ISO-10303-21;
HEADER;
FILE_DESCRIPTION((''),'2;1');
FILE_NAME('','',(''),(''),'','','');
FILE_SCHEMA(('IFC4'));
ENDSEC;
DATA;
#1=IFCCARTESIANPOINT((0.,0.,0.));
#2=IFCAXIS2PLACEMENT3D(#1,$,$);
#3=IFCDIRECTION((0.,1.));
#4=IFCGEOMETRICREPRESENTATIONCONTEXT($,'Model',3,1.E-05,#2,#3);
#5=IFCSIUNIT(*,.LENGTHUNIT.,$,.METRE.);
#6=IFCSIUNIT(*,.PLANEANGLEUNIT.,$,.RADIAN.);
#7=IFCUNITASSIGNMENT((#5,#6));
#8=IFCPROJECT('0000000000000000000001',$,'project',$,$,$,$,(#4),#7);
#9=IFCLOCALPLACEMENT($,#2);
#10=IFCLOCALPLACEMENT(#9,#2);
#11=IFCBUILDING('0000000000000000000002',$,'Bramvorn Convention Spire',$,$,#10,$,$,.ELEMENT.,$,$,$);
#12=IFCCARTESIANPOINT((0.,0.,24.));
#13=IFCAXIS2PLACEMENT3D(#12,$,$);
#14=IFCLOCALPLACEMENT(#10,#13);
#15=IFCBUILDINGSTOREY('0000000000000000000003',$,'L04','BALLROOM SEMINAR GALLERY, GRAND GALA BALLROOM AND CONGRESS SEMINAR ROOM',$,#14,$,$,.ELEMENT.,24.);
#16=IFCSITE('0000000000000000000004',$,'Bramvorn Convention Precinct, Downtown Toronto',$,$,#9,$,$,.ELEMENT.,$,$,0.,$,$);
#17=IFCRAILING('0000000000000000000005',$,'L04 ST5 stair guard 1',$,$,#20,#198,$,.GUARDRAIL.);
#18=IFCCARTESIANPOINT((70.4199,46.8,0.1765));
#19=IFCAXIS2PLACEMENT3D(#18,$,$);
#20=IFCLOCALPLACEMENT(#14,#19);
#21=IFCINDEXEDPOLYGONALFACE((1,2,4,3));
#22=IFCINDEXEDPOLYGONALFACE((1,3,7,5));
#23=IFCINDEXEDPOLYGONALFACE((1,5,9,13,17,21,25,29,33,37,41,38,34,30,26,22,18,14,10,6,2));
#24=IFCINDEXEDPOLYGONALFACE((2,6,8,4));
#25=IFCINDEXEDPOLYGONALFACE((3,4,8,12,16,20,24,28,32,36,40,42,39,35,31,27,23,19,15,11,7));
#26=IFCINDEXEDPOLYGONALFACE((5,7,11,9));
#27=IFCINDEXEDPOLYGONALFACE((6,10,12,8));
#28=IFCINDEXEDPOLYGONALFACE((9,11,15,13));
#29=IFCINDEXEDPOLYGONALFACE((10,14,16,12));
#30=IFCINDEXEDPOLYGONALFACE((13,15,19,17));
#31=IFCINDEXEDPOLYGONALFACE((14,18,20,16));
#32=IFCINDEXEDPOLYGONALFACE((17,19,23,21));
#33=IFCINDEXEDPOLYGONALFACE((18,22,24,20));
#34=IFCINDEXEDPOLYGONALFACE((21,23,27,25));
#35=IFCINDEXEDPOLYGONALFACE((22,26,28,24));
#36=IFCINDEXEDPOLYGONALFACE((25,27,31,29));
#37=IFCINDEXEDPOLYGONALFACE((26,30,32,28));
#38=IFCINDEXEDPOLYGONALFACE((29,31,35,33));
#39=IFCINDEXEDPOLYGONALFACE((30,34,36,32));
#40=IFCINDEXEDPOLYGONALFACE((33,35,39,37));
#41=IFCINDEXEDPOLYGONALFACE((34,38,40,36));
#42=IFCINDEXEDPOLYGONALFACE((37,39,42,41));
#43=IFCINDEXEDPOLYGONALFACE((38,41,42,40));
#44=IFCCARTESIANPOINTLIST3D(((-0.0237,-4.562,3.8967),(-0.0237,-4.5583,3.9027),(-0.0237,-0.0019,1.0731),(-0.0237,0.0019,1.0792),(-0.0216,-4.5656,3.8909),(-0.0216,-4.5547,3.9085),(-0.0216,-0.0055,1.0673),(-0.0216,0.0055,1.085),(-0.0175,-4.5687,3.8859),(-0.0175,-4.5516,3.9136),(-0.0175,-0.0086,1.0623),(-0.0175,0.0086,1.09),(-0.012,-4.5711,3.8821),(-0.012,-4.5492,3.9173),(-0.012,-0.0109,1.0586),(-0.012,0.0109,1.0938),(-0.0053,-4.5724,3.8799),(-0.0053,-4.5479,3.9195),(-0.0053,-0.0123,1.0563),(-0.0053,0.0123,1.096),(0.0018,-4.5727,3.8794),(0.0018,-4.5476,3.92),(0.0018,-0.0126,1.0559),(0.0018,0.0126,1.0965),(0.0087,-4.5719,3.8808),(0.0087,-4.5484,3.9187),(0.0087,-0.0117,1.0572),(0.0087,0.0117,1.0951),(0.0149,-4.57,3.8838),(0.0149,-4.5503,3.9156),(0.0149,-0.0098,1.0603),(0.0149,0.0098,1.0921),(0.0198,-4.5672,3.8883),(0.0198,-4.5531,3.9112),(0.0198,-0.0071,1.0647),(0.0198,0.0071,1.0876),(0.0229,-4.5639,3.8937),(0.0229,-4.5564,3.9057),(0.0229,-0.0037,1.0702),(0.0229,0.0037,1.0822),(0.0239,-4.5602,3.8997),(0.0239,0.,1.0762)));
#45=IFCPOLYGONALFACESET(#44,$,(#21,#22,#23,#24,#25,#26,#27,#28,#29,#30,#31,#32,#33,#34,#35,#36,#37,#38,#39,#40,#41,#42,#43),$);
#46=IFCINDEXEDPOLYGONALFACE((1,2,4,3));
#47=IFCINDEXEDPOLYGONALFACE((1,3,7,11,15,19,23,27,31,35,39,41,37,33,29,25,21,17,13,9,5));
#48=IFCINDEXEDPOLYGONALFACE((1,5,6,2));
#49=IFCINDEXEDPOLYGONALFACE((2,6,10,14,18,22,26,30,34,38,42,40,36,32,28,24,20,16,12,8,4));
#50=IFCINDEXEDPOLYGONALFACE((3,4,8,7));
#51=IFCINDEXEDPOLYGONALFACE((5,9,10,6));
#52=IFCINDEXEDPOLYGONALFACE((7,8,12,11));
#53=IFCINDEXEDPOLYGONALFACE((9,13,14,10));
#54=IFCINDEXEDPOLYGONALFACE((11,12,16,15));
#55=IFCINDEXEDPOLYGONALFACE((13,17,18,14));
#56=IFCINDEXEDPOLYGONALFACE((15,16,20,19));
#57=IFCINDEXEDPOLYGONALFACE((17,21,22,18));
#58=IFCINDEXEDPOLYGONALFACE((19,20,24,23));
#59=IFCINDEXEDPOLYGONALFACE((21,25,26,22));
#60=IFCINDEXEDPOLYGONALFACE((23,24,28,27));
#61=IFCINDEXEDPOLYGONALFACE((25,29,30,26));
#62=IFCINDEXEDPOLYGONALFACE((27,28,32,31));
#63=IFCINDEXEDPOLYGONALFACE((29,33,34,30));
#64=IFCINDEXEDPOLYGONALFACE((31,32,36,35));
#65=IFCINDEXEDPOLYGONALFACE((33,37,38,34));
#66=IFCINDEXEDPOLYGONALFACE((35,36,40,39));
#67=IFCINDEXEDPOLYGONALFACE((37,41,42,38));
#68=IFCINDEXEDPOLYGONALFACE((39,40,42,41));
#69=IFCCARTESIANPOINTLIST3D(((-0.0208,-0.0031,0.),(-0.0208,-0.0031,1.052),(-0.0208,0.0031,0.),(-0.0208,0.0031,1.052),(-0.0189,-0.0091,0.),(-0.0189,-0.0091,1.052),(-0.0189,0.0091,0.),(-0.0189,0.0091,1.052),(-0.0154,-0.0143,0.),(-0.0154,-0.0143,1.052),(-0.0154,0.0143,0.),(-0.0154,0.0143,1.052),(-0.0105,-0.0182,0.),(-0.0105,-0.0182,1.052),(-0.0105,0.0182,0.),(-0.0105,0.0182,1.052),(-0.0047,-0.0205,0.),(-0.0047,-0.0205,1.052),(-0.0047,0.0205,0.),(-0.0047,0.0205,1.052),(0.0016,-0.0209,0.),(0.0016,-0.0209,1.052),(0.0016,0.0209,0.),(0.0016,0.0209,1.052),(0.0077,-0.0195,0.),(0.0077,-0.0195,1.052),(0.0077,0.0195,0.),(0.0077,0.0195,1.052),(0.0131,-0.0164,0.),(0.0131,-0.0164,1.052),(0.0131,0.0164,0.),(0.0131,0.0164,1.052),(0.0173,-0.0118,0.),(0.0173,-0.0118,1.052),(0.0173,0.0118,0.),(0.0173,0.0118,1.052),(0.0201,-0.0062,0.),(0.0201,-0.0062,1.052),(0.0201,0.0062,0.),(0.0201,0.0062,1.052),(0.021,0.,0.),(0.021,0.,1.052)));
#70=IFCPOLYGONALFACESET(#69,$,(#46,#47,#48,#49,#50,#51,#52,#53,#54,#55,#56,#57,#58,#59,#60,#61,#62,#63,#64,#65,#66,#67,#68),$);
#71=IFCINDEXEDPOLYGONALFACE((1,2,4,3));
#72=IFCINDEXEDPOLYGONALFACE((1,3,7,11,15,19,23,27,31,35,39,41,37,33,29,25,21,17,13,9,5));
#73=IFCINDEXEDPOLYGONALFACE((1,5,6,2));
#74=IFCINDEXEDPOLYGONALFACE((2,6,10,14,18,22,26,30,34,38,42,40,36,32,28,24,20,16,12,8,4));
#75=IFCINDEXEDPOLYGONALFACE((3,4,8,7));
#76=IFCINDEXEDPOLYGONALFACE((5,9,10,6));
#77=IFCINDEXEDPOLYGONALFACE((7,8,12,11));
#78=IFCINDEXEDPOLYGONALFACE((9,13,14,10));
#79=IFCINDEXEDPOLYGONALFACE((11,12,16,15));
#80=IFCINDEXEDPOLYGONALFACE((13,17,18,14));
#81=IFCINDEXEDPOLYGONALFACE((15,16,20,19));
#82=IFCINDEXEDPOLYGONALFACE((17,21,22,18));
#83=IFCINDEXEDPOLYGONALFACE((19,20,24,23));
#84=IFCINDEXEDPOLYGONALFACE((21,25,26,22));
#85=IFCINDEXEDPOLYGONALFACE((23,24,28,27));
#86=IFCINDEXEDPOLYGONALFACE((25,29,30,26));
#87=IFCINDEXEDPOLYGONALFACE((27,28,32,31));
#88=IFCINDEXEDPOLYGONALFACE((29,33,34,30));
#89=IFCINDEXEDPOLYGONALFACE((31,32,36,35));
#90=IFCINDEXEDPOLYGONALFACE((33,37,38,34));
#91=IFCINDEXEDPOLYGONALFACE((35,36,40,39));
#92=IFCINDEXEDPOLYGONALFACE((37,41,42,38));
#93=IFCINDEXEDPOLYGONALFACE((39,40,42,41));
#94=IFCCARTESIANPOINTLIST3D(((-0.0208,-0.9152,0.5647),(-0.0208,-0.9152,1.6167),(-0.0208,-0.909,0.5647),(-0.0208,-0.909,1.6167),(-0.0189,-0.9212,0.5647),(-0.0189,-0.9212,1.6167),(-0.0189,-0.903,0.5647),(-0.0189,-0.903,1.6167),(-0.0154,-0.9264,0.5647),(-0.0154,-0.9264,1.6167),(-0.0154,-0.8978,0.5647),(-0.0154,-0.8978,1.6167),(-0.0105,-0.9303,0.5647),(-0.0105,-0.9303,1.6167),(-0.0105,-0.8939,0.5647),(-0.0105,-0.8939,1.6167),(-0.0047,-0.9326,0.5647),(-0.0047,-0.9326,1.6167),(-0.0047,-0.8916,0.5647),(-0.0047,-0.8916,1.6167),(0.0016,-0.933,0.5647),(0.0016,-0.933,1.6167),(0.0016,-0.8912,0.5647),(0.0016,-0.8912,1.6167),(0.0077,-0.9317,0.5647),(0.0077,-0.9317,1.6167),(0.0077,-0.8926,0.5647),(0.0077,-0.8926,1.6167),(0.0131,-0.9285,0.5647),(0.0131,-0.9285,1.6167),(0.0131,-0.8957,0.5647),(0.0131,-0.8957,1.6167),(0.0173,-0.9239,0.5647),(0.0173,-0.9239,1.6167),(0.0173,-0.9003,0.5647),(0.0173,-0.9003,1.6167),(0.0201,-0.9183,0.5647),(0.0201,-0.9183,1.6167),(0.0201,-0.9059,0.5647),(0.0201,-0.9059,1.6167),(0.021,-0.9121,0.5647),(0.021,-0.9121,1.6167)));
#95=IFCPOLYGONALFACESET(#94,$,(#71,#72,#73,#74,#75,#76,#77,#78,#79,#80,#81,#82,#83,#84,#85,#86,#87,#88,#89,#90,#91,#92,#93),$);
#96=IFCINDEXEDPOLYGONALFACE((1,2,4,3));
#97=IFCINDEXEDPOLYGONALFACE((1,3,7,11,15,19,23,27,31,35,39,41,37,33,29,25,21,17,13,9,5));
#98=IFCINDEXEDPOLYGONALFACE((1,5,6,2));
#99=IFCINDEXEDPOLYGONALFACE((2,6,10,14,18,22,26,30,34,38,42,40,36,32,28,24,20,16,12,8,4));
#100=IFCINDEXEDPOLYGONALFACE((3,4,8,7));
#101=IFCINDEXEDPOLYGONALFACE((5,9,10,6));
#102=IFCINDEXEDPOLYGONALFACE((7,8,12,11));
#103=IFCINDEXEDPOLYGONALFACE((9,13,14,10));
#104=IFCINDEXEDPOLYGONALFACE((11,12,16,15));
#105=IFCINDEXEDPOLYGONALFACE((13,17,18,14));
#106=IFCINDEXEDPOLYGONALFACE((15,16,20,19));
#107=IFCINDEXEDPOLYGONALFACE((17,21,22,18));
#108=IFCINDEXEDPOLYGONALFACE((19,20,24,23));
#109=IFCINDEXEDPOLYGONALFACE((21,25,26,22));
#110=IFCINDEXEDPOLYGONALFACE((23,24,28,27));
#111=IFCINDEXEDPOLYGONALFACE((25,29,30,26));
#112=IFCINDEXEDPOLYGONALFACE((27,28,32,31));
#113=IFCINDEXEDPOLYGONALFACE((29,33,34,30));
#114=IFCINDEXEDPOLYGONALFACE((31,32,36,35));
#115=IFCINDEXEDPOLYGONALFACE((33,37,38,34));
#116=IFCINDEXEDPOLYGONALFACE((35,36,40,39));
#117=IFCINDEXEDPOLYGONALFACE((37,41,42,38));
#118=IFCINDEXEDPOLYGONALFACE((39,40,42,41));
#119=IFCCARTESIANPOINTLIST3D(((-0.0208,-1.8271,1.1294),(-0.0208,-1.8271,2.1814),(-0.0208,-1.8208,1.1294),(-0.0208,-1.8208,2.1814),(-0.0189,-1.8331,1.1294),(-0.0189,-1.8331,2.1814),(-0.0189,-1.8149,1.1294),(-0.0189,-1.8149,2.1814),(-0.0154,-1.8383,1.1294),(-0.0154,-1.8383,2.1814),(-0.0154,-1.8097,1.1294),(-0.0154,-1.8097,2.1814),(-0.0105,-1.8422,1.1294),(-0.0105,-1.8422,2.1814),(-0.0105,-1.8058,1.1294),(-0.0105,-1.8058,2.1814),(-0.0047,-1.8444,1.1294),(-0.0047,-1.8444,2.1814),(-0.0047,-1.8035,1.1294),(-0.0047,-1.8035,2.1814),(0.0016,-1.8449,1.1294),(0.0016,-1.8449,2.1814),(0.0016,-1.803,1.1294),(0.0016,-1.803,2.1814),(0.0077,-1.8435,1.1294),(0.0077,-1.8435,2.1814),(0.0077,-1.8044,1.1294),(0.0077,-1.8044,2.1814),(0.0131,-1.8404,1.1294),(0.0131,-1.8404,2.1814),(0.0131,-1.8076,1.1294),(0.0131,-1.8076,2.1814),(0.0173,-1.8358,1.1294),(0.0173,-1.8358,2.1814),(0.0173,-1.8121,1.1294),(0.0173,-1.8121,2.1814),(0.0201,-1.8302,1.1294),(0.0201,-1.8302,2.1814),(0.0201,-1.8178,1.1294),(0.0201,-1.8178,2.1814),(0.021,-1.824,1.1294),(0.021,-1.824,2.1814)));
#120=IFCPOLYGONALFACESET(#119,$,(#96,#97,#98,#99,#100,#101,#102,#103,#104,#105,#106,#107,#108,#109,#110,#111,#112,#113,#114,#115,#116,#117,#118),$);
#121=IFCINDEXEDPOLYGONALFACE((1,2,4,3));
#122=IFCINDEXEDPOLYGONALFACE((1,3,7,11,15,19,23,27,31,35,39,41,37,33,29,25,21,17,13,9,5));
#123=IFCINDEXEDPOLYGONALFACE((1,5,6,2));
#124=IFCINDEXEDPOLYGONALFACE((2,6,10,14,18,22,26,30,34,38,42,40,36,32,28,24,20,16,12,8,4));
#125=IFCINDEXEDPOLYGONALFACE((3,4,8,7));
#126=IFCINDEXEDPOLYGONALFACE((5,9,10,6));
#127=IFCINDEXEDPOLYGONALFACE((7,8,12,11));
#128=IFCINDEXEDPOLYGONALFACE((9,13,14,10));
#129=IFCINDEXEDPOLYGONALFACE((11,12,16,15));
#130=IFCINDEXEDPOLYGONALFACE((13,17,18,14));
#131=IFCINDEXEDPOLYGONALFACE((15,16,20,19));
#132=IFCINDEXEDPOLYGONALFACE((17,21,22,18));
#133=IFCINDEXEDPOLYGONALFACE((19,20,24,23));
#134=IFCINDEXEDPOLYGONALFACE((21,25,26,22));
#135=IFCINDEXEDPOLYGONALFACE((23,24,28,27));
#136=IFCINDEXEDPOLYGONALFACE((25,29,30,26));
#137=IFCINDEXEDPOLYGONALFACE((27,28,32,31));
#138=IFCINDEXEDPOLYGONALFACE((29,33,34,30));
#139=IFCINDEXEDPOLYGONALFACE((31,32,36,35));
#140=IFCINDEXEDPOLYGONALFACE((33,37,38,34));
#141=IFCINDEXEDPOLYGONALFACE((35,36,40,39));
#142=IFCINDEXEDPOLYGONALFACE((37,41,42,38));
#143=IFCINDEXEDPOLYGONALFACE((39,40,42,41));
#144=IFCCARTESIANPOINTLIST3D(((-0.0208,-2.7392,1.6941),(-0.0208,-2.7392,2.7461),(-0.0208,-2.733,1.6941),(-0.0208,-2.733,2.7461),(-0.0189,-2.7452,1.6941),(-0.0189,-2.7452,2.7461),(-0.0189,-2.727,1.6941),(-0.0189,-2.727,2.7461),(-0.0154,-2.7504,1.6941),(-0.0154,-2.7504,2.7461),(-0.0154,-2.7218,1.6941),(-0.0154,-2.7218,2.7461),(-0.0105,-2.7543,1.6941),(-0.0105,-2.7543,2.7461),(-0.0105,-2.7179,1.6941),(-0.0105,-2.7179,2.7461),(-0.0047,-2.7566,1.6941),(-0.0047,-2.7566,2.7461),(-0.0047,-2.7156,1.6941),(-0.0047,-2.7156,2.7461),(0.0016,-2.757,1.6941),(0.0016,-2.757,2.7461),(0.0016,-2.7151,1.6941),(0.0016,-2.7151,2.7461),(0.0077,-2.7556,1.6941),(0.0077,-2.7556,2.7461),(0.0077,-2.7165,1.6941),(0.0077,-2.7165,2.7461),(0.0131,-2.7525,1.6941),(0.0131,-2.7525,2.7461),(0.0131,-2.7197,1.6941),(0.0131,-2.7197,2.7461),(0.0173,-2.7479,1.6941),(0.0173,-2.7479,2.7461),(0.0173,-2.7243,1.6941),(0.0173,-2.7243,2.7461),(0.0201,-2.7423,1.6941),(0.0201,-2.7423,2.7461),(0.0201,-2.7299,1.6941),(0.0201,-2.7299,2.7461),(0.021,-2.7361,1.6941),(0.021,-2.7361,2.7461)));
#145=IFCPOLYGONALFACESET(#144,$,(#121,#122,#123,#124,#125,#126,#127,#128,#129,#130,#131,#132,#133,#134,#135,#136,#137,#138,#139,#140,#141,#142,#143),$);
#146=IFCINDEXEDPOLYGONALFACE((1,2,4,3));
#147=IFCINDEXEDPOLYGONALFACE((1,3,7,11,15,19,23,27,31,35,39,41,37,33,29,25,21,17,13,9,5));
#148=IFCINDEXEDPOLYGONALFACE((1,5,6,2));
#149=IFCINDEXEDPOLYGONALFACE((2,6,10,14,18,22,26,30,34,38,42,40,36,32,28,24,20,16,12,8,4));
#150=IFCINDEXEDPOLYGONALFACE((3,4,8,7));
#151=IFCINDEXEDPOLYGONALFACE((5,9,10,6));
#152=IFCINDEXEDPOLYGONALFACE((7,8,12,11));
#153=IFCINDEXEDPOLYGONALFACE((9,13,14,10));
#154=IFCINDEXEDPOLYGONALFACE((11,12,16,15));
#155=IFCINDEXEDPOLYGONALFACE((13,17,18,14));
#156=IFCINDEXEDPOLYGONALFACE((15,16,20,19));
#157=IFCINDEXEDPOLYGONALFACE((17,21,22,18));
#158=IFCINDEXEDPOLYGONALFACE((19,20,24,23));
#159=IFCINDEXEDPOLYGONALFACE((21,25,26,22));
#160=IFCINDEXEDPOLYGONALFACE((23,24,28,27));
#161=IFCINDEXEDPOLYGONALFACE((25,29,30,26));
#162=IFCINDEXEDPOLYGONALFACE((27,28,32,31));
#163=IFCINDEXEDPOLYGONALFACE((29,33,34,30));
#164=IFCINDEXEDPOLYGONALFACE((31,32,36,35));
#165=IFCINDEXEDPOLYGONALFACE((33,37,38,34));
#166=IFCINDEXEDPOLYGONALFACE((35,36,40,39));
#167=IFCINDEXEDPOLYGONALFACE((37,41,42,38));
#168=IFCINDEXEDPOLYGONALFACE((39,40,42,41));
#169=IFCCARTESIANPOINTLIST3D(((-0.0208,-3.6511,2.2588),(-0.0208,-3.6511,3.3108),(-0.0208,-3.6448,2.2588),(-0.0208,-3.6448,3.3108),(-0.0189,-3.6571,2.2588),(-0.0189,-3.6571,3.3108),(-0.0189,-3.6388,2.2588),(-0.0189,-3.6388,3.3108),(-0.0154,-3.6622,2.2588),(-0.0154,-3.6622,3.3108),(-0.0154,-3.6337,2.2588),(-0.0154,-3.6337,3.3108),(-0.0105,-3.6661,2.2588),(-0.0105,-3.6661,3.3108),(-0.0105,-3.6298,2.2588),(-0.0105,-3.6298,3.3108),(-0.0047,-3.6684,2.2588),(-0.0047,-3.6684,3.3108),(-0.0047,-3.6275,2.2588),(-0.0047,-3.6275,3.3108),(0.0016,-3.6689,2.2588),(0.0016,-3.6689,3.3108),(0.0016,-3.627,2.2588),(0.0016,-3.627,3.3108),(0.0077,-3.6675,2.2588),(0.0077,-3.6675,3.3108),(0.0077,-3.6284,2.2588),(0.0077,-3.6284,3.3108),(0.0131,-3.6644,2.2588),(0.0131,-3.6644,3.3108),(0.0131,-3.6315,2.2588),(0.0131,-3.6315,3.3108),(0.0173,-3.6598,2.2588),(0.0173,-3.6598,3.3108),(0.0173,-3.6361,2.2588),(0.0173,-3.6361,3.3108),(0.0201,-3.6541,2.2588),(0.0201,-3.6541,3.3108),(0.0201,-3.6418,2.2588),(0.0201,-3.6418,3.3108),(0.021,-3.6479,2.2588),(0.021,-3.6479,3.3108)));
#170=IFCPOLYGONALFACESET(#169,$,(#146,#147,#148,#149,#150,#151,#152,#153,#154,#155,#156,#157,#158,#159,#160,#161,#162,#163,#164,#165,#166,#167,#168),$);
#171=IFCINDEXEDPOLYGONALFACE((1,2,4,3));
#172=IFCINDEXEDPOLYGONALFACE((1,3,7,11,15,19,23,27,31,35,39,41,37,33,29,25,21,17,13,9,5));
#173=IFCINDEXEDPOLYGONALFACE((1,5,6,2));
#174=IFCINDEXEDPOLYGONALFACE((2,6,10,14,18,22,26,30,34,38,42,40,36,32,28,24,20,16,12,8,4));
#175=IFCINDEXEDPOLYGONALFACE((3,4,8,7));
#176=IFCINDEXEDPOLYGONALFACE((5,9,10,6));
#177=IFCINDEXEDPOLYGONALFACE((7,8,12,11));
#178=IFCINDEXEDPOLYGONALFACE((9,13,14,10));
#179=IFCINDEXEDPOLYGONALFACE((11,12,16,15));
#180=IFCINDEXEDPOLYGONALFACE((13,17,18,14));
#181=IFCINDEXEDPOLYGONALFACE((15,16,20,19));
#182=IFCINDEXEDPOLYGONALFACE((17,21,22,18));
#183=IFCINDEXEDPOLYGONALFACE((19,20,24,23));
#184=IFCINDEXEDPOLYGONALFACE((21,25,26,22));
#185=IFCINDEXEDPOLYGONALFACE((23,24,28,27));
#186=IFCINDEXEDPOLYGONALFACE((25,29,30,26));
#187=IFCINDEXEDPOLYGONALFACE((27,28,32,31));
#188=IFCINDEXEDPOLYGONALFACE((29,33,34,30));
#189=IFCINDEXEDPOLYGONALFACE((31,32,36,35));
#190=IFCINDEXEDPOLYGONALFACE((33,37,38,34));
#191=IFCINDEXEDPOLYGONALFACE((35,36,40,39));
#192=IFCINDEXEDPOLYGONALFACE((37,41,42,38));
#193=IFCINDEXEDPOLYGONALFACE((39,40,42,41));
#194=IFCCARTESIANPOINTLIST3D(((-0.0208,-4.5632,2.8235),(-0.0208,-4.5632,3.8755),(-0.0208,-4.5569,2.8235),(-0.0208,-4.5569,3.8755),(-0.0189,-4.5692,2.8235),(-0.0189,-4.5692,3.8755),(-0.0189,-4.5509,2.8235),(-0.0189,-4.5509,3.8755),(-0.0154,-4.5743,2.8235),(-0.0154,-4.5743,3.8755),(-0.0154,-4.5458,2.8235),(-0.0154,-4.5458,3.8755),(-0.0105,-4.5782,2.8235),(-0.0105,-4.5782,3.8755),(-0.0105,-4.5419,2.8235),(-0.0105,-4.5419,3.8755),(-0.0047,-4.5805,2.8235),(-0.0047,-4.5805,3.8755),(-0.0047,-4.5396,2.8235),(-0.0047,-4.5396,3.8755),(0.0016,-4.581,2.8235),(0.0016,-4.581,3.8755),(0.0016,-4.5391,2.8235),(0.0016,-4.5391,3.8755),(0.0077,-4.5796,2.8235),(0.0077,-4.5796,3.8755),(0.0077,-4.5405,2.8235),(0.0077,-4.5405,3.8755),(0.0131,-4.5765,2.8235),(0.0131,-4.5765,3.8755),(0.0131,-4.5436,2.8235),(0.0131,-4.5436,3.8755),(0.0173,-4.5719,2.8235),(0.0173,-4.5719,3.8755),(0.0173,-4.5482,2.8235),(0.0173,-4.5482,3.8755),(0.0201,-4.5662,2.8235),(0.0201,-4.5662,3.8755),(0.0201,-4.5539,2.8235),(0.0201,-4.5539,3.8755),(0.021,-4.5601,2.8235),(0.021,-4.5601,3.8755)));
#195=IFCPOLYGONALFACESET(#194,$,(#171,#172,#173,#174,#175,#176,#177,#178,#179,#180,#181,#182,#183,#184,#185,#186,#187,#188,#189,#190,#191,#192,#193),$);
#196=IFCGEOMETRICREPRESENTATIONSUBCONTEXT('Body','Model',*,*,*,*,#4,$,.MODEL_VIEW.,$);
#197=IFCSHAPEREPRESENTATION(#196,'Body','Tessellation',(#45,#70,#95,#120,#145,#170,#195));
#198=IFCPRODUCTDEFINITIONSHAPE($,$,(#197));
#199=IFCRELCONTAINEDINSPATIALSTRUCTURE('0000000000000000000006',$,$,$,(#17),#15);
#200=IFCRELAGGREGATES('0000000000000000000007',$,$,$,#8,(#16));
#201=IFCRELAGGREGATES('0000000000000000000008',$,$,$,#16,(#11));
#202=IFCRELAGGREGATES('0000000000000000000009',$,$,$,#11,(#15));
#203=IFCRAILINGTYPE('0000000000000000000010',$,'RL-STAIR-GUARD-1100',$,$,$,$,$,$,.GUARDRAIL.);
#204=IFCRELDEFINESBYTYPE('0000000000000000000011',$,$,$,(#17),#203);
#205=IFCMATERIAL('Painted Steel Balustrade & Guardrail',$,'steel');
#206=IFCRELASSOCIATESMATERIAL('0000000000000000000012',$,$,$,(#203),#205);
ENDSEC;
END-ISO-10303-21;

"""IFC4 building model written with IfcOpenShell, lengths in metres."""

from ifc_helpers import new_model, si_unit, direction, frame, origin, origin_2d, place, context, subcontext, project, spatial, circle, extrude, material, type_object, element, save


model = new_model("IFC4")

# Units and contexts
model_context = context("Model", 3, precision=1e-05, world=origin(), true_north=direction((0.0, 1.0)))
body_context = subcontext(model_context, "Body", "Model", "MODEL_VIEW")
ifc_project = project(units=[si_unit("LENGTHUNIT", "METRE"), si_unit("PLANEANGLEUNIT", "RADIAN")], contexts=[model_context])

# Site, building, storey
site_placement = place(None, origin())
site = spatial("IfcSite", under=ifc_project, at=site_placement, Name="Bramvorn Convention Precinct, Downtown Toronto", CompositionType="ELEMENT", RefElevation=0.0)
building_placement = place(site_placement, origin())
building = spatial("IfcBuilding", under=site, at=building_placement, Name="Bramvorn Convention Spire", CompositionType="ELEMENT")
storey_placement = place(building_placement, frame((0.0, 0.0, 24.0)))
storey = spatial("IfcBuildingStorey", under=building, at=storey_placement, Name="L04", Description="BALLROOM SEMINAR GALLERY, GRAND GALA BALLROOM AND CONGRESS SEMINAR ROOM", CompositionType="ELEMENT", Elevation=24.0)

# Railing
ifc_material_1 = material(Name="Painted Steel Balustrade & Guardrail", Category="steel")
railing_type_1 = type_object("IfcRailingType", Name="RL-STAIR-GUARD-1100", PredefinedType="GUARDRAIL", material=ifc_material_1)
railing_1_placement = place(storey_placement, frame((70.4199, 46.8, 0.1765)))
element("IfcRailing", 1, at=railing_1_placement, inside=storey, type_object=railing_type_1, Name="L04 ST5 stair guard 1", PredefinedType="GUARDRAIL", context=body_context, shape_type="SweptSolid", body=[
    extrude(circle(Radius=0.0239, at=origin_2d()), frame((0.0, 0.0, 1.0762), z_axis=(0.0, -0.850216, 0.526435), x_axis=(1.0, 0.0, 0.0)), (0.0, 0.0, 1.0), 5.3635),
    extrude(circle(Radius=0.021, at=origin_2d()), origin(), (0.0, 0.0, 1.0), 1.052),
    extrude(circle(Radius=0.021, at=origin_2d()), frame((0.0, -0.9121, 0.5647)), (0.0, 0.0, 1.0), 1.052),
    extrude(circle(Radius=0.021, at=origin_2d()), frame((0.0, -1.824, 1.1294)), (0.0, 0.0, 1.0), 1.052),
    extrude(circle(Radius=0.021, at=origin_2d()), frame((0.0, -2.7361, 1.6941)), (0.0, 0.0, 1.0), 1.052),
    extrude(circle(Radius=0.021, at=origin_2d()), frame((0.0, -3.6479, 2.2588)), (0.0, 0.0, 1.0), 1.052),
    extrude(circle(Radius=0.021, at=origin_2d()), frame((0.0, -4.5601, 2.8235)), (0.0, 0.0, 1.0), 1.052),
])

save(model, "model.ifc")
